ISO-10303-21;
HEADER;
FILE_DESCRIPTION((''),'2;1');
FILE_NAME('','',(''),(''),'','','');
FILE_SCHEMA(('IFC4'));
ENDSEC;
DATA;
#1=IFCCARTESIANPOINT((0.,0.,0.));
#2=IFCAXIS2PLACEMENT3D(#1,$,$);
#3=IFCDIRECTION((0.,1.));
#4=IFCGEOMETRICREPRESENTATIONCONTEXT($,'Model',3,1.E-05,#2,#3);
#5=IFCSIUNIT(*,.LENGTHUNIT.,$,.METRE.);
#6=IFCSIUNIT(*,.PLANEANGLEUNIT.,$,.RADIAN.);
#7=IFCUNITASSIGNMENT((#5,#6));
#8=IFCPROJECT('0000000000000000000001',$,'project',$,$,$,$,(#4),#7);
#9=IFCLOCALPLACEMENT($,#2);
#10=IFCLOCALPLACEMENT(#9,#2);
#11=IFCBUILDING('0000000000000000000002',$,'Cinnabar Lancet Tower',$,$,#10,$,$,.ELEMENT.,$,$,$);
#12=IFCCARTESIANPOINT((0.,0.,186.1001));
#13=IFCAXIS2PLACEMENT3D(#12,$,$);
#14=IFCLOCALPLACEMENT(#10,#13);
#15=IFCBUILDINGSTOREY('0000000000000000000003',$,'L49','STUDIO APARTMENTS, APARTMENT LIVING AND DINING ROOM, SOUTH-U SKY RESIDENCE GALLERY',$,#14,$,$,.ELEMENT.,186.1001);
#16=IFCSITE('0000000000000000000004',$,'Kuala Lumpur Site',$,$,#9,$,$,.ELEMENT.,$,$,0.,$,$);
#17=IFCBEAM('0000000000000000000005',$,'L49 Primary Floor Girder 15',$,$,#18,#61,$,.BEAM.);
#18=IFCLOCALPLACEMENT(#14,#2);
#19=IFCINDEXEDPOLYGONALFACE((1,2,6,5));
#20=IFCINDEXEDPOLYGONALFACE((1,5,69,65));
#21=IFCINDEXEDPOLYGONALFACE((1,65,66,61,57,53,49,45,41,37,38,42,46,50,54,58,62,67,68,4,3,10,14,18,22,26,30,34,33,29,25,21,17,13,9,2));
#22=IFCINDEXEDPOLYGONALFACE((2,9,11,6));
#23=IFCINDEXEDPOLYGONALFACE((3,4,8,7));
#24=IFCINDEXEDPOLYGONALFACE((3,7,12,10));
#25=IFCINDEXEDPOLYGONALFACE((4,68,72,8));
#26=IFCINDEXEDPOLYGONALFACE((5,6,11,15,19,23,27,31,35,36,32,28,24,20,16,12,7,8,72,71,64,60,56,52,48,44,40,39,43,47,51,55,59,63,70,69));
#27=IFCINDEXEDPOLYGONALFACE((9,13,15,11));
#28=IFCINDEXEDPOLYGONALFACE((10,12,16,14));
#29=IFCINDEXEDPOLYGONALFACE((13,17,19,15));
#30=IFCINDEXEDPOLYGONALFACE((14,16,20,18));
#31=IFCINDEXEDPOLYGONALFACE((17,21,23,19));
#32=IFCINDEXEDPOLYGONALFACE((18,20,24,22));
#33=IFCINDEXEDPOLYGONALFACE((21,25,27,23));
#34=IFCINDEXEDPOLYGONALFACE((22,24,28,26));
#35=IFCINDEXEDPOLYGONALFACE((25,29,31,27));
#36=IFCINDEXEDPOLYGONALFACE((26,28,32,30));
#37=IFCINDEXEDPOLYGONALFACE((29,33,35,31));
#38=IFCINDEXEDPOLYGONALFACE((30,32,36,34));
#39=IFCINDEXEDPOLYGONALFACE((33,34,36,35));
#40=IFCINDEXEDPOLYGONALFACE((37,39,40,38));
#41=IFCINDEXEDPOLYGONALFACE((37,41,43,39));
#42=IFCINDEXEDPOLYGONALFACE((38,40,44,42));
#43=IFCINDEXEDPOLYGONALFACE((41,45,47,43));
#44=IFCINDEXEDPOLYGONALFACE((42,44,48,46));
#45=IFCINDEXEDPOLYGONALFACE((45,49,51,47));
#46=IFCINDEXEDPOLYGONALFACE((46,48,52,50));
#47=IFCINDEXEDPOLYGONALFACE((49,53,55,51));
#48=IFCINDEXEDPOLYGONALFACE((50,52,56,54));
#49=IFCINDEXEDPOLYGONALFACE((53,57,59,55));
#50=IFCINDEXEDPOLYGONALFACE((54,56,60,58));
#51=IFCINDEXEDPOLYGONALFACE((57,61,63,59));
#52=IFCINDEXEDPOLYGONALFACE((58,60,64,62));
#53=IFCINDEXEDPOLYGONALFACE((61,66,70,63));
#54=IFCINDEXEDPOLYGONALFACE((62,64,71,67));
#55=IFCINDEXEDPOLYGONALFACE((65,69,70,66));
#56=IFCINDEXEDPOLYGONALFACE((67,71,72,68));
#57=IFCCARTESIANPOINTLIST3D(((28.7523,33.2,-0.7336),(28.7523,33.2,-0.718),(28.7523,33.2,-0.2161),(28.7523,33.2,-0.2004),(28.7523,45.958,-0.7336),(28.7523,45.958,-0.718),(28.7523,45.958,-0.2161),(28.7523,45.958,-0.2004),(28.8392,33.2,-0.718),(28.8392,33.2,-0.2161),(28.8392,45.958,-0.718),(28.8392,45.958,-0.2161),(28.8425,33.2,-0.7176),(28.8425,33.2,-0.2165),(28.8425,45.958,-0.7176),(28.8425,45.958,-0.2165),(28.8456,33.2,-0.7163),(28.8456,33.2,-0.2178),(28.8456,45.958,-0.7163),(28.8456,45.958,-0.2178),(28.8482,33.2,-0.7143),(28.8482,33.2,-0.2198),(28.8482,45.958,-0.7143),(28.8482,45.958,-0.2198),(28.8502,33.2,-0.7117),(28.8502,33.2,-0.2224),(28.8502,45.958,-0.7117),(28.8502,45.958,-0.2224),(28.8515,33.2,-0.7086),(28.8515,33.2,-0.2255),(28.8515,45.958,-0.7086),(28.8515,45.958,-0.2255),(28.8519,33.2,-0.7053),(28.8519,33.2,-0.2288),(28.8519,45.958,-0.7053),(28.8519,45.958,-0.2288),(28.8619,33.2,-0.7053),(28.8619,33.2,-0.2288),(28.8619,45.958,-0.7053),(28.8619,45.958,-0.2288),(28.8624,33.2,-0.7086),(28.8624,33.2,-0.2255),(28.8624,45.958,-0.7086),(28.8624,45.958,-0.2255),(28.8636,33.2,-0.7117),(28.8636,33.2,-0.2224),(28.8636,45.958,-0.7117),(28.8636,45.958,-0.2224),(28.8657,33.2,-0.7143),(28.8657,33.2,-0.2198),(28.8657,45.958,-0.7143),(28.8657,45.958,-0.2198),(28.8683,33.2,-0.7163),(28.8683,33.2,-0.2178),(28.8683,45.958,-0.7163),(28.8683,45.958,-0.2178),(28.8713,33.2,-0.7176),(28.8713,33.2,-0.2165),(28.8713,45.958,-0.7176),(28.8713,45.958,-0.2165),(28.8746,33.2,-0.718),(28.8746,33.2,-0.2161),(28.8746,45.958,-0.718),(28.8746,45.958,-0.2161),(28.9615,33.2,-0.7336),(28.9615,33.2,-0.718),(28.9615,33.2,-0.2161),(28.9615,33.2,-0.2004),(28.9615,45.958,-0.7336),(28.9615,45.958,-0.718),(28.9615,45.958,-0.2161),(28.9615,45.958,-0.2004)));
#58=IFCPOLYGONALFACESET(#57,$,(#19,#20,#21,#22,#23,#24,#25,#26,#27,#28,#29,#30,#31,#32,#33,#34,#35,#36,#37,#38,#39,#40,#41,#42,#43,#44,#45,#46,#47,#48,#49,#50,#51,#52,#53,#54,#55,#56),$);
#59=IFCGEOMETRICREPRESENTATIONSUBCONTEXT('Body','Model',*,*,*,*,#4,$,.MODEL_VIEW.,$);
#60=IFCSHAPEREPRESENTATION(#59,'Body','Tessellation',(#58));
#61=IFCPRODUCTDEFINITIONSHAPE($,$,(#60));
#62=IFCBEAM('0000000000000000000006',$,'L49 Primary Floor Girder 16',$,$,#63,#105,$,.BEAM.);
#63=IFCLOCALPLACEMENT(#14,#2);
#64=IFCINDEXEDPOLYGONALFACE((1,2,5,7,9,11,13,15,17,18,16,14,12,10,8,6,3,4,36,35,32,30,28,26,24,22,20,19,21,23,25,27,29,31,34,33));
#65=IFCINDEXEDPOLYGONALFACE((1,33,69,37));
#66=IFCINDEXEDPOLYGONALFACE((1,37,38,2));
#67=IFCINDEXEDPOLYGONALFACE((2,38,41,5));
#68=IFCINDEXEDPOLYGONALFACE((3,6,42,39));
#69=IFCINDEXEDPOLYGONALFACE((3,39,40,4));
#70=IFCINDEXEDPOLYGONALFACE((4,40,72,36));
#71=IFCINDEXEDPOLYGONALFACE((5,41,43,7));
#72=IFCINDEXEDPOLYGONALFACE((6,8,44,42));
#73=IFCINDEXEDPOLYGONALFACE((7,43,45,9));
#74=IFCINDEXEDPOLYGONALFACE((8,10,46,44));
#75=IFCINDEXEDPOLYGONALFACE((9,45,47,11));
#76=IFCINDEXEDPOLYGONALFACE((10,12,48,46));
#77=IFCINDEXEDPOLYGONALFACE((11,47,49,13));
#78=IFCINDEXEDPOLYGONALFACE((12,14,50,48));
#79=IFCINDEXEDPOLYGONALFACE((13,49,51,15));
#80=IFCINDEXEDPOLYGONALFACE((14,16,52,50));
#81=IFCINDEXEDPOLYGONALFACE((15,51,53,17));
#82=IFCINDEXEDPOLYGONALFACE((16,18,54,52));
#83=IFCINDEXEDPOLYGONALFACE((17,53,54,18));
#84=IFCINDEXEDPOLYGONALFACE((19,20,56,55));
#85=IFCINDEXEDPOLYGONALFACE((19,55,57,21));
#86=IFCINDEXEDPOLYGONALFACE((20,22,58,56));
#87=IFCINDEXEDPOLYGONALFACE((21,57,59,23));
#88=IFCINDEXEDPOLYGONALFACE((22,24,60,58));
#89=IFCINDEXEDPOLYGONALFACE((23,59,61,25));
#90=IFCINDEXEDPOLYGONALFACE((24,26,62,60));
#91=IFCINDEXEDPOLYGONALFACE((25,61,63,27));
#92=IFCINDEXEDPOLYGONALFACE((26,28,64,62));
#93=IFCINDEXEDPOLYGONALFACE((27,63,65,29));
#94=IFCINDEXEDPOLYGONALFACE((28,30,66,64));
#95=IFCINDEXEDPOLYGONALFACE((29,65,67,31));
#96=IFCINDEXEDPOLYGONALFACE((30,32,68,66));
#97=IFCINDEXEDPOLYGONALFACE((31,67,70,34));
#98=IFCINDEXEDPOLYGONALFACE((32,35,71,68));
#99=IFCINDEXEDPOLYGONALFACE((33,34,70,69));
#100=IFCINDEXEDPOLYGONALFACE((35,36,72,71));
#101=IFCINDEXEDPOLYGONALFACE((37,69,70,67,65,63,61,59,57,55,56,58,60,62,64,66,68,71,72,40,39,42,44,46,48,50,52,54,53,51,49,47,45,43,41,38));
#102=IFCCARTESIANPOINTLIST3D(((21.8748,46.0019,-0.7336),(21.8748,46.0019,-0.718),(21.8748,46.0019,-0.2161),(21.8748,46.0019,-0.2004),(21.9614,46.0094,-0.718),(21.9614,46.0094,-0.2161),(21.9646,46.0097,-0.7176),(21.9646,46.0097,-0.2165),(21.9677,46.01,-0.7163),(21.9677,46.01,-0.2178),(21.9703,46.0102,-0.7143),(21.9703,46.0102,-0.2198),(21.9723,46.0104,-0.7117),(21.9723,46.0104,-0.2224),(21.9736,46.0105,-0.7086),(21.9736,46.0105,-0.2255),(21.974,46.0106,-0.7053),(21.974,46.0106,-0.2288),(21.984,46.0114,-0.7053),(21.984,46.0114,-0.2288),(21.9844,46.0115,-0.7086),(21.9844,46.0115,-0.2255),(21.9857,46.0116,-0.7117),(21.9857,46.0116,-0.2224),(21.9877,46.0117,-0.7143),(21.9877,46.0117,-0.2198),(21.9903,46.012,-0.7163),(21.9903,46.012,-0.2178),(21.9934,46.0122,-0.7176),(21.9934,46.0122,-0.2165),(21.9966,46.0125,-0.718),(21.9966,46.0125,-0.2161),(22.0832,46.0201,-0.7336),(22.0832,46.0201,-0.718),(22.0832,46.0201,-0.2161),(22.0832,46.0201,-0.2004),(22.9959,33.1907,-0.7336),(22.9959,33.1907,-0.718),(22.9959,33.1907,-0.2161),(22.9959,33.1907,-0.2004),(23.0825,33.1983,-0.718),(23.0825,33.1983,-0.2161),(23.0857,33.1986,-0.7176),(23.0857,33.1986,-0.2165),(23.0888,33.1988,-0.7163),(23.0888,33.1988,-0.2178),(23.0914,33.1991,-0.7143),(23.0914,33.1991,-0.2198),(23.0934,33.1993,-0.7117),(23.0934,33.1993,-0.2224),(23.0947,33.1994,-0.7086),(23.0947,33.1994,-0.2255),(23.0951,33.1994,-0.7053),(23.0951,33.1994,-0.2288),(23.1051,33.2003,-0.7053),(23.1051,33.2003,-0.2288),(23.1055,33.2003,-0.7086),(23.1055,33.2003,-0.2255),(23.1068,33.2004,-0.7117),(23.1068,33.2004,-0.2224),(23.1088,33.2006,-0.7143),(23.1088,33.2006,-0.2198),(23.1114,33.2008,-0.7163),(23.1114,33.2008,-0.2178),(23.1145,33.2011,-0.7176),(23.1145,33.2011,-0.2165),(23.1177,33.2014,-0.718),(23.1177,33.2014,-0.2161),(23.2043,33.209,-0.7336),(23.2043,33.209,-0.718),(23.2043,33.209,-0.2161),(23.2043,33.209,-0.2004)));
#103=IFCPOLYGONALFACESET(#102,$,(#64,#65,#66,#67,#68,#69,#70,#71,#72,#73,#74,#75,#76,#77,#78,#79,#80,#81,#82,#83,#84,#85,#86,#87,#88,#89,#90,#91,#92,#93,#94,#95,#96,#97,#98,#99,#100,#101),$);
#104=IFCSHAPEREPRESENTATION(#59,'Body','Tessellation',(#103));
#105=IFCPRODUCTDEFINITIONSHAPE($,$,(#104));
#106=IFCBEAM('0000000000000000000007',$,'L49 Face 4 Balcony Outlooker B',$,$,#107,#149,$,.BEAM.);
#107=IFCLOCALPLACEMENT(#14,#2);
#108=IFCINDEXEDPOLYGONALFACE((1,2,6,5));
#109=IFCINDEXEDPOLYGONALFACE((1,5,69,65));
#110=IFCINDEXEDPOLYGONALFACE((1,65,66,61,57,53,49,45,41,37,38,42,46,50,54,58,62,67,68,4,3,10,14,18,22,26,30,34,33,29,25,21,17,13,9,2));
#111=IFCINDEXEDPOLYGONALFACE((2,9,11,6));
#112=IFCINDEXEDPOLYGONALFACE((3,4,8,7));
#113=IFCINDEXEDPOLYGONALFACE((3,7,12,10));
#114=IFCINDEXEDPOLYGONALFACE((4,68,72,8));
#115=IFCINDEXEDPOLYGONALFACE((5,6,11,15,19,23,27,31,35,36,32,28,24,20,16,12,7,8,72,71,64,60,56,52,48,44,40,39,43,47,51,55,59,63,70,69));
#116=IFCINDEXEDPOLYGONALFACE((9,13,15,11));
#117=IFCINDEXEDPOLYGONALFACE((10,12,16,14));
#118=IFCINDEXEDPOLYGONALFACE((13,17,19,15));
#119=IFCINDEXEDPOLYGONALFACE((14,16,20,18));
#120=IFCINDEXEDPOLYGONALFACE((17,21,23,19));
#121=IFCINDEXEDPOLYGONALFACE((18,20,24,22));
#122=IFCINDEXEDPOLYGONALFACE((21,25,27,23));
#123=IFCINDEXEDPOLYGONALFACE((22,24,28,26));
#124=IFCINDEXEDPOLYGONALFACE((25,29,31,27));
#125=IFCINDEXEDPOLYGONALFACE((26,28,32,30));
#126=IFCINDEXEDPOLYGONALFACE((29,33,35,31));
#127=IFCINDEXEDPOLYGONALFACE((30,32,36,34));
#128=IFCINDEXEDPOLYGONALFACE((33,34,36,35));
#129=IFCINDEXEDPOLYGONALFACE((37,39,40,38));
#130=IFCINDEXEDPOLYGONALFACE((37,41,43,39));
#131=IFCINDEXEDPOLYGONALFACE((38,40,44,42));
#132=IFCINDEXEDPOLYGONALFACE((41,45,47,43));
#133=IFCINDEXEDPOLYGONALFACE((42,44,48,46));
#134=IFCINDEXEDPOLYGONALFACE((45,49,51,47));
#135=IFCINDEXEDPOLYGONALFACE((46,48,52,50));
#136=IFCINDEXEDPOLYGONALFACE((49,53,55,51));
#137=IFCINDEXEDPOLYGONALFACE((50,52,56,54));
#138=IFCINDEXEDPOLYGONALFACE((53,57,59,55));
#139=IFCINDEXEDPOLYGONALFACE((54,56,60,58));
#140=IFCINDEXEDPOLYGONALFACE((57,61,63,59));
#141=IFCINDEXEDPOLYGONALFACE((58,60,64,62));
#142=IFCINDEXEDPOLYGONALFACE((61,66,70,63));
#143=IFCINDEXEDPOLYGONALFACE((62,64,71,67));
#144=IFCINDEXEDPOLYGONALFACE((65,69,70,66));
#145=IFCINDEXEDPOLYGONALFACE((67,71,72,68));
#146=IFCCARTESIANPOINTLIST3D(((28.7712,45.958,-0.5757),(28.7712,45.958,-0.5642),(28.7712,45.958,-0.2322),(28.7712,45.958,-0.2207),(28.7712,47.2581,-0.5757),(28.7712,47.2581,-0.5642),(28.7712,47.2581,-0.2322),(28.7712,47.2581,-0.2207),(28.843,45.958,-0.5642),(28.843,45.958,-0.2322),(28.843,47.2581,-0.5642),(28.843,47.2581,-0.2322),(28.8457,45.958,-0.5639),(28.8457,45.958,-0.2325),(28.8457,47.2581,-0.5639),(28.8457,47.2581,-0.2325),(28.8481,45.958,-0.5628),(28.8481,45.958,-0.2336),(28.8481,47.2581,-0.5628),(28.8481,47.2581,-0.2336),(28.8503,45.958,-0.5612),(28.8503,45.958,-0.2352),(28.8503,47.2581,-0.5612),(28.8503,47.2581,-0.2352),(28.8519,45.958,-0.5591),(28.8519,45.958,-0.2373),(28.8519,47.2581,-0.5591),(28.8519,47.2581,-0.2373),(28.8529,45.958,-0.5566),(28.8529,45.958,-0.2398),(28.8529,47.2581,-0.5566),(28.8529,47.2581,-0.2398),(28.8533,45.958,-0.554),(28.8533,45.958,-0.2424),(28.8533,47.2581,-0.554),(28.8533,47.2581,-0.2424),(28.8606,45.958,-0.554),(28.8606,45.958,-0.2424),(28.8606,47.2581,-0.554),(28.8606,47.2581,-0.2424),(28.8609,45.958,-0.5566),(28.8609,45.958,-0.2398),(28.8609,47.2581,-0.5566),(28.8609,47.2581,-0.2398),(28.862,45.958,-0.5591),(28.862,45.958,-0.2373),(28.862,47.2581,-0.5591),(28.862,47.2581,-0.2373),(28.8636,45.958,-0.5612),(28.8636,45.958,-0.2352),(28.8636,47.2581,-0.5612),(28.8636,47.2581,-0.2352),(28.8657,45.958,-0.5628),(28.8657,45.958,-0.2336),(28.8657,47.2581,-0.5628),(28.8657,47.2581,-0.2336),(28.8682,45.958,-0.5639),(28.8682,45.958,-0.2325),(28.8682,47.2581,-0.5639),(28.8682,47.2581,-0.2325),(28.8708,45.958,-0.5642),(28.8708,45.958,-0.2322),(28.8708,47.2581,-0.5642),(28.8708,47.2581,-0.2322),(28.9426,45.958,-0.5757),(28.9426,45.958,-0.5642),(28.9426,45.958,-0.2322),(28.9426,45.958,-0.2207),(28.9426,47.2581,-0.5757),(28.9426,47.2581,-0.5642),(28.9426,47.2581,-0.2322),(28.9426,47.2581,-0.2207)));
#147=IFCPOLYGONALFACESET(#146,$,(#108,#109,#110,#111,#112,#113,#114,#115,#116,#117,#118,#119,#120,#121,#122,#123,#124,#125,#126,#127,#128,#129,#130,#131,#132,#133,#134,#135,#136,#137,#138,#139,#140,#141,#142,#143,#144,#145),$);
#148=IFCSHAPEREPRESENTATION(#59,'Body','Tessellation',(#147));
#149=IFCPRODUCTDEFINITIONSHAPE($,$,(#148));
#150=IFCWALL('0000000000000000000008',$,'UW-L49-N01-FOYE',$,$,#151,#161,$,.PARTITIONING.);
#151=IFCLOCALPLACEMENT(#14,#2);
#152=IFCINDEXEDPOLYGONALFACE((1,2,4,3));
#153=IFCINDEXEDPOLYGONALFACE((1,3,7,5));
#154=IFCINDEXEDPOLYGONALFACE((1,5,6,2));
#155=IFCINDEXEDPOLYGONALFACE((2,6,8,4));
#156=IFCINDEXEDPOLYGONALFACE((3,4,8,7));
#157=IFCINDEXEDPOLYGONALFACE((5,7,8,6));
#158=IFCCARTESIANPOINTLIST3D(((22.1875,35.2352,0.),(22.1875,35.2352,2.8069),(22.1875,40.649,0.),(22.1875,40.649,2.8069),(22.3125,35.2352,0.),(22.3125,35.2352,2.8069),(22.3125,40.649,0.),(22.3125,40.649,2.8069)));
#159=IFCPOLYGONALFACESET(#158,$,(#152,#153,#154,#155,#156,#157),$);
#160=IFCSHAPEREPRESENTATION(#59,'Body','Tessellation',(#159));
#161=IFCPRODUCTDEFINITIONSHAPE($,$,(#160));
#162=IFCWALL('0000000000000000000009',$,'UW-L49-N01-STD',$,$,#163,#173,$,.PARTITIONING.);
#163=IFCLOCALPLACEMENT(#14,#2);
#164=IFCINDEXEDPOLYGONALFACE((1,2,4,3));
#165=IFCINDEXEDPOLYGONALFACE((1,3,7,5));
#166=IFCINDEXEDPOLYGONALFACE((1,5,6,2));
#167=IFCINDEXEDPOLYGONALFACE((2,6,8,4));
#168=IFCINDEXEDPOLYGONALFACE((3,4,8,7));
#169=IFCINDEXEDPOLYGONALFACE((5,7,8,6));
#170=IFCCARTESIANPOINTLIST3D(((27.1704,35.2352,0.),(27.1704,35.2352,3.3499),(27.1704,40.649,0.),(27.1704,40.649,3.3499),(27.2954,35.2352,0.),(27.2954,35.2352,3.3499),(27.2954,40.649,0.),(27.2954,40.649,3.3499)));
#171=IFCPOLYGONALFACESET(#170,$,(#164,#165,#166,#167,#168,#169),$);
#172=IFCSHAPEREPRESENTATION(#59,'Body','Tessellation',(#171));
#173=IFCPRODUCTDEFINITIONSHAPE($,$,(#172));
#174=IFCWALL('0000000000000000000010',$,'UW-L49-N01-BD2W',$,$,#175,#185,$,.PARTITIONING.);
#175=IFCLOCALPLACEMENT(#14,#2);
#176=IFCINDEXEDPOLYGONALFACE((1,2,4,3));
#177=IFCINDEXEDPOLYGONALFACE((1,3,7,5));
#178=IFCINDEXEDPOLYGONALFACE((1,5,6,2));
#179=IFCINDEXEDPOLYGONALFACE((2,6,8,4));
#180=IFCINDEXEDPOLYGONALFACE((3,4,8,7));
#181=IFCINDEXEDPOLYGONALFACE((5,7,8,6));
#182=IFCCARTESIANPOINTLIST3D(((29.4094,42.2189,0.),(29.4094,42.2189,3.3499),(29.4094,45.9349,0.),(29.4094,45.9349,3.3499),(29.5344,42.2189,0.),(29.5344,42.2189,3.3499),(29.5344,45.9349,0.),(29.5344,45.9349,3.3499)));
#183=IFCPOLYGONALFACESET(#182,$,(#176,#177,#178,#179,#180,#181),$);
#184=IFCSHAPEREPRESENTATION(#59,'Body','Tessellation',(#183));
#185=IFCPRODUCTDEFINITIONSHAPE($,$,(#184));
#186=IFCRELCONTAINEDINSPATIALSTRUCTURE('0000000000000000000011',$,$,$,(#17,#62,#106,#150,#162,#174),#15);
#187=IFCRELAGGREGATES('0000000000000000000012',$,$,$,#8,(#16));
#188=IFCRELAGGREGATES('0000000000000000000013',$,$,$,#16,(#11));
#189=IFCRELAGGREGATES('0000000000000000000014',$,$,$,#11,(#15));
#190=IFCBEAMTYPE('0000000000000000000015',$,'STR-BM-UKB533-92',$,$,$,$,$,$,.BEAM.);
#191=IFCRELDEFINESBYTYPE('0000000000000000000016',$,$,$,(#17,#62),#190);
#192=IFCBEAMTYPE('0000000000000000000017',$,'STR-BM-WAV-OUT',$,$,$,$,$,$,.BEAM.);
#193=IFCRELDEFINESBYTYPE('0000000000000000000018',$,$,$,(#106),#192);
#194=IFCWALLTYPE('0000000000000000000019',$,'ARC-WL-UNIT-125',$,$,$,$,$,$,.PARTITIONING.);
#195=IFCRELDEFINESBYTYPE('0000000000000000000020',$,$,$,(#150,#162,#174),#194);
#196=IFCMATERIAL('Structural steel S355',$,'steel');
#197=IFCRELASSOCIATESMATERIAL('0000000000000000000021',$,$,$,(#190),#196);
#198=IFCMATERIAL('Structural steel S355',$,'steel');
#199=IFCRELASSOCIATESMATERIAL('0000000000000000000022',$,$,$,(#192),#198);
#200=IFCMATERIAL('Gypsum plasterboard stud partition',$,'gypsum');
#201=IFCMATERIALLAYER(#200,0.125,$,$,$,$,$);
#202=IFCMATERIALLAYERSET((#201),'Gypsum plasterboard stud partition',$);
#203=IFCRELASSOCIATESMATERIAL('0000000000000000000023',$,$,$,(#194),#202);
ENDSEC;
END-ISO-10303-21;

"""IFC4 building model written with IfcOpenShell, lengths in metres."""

from ifc_helpers import new_model, si_unit, direction, frame, frame_2d, origin, origin_2d, place, context, subcontext, project, spatial, rectangle, i_section, extrude, material, layer, layer_set, material_profile, profile_set, type_object, element, save


model = new_model("IFC4")

# Units and contexts
model_context = context("Model", 3, precision=1e-05, world=origin(), true_north=direction((0.0, 1.0)))
body_context = subcontext(model_context, "Body", "Model", "MODEL_VIEW")
ifc_project = project(units=[si_unit("LENGTHUNIT", "METRE"), si_unit("PLANEANGLEUNIT", "RADIAN")], contexts=[model_context])

# Site, building, storey
site_placement = place(None, origin())
site = spatial("IfcSite", under=ifc_project, at=site_placement, Name="Kuala Lumpur Site", CompositionType="ELEMENT", RefElevation=0.0)
building_placement = place(site_placement, origin())
building = spatial("IfcBuilding", under=site, at=building_placement, Name="Cinnabar Lancet Tower", CompositionType="ELEMENT")
storey_placement = place(building_placement, frame((0.0, 0.0, 186.1001)))
storey = spatial("IfcBuildingStorey", under=building, at=storey_placement, Name="L49", Description="STUDIO APARTMENTS, APARTMENT LIVING AND DINING ROOM, SOUTH-U SKY RESIDENCE GALLERY", CompositionType="ELEMENT", Elevation=186.1001)

# Beams
ifc_material_1 = material(Name="Structural steel S355", Category="steel")
ifc_material_profile_1 = material_profile(ifc_material_1, i_section(OverallWidth=0.2092, OverallDepth=0.5332, WebThickness=0.01, FlangeThickness=0.0156, FilletRadius=0.0127, at=origin_2d()), Name="UKB 533x210x92")
ifc_profile_set_1 = profile_set([ifc_material_profile_1], Name="Structural steel S355")
beam_type_1 = type_object("IfcBeamType", Name="STR-BM-UKB533-92", PredefinedType="BEAM", material=ifc_profile_set_1)
beam_1_placement = place(storey_placement, frame((28.8569, 45.958, -0.467), z_axis=(0.0, -1.0, 0.0), x_axis=(1.0, 0.0, 0.0)))
element("IfcBeam", 1, at=beam_1_placement, inside=storey, type_object=beam_type_1, Name="L49 Primary Floor Girder 15", PredefinedType="BEAM", context=body_context, shape_type="SweptSolid", body=[
    extrude(i_section(OverallWidth=0.2092, OverallDepth=0.5332, WebThickness=0.01, FlangeThickness=0.0156, FilletRadius=0.0127, at=origin_2d()), origin(), (0.0, 0.0, 1.0), 12.7581),
])
beam_2_placement = place(storey_placement, frame((21.979, 46.011, -0.467), z_axis=(0.087177, -0.996193, 0.0), x_axis=(0.996193, 0.087177, 0.0)))
element("IfcBeam", 2, at=beam_2_placement, inside=storey, type_object=beam_type_1, Name="L49 Primary Floor Girder 16", PredefinedType="BEAM", context=body_context, shape_type="SweptSolid", body=[
    extrude(i_section(OverallWidth=0.2092, OverallDepth=0.5332, WebThickness=0.01, FlangeThickness=0.0156, FilletRadius=0.0127, at=origin_2d()), origin(), (0.0, 0.0, 1.0), 12.8601),
])
ifc_material_2 = material(Name="Structural steel S355", Category="steel")
ifc_material_profile_2 = material_profile(ifc_material_2, i_section(OverallWidth=0.1714, OverallDepth=0.355, WebThickness=0.0073, FlangeThickness=0.0115, FilletRadius=0.0103, at=origin_2d()), Name="UKB 356x171x51")
ifc_profile_set_2 = profile_set([ifc_material_profile_2], Name="Structural steel S355")
beam_type_2 = type_object("IfcBeamType", Name="STR-BM-WAV-OUT", PredefinedType="BEAM", material=ifc_profile_set_2)
beam_3_placement = place(storey_placement, frame((28.8569, 45.958, -0.3982), z_axis=(0.0, 1.0, 0.0), x_axis=(-1.0, 0.0, 0.0)))
element("IfcBeam", 3, at=beam_3_placement, inside=storey, type_object=beam_type_2, Name="L49 Face 4 Balcony Outlooker B", PredefinedType="BEAM", context=body_context, shape_type="SweptSolid", body=[
    extrude(i_section(OverallWidth=0.1714, OverallDepth=0.355, WebThickness=0.0073, FlangeThickness=0.0115, FilletRadius=0.0103, at=origin_2d()), origin(), (0.0, 0.0, 1.0), 1.3),
])

# Walls
ifc_material_3 = material(Name="Gypsum plasterboard stud partition", Category="gypsum")
ifc_layer_1 = layer(ifc_material_3, 0.125)
ifc_layer_set_1 = layer_set([ifc_layer_1], Name="Gypsum plasterboard stud partition")
wall_type_1 = type_object("IfcWallType", Name="ARC-WL-UNIT-125", PredefinedType="PARTITIONING", material=ifc_layer_set_1)
wall_1_placement = place(storey_placement, frame((22.25, 35.2351, 0.0), z_axis=(0.0, 0.0, 1.0), x_axis=(0.0, 1.0, 0.0)))
element("IfcWall", 4, at=wall_1_placement, inside=storey, type_object=wall_type_1, Name="UW-L49-N01-FOYE", PredefinedType="PARTITIONING", context=body_context, shape_type="SweptSolid", body=[
    extrude(rectangle(XDim=5.4138, YDim=0.125, at=frame_2d((2.707, 0.0))), origin(), (0.0, 0.0, 1.0), 2.8069),
])
wall_2_placement = place(storey_placement, frame((27.2329, 35.2351, 0.0), z_axis=(0.0, 0.0, 1.0), x_axis=(0.0, 1.0, 0.0)))
element("IfcWall", 5, at=wall_2_placement, inside=storey, type_object=wall_type_1, Name="UW-L49-N01-STD", PredefinedType="PARTITIONING", context=body_context, shape_type="SweptSolid", body=[
    extrude(rectangle(XDim=5.4138, YDim=0.125, at=frame_2d((2.707, 0.0))), origin(), (0.0, 0.0, 1.0), 3.3499),
])
wall_3_placement = place(storey_placement, frame((29.4719, 42.219, 0.0), z_axis=(0.0, 0.0, 1.0), x_axis=(0.0, 1.0, 0.0)))
element("IfcWall", 6, at=wall_3_placement, inside=storey, type_object=wall_type_1, Name="UW-L49-N01-BD2W", PredefinedType="PARTITIONING", context=body_context, shape_type="SweptSolid", body=[
    extrude(rectangle(XDim=3.7161, YDim=0.125, at=frame_2d((1.8579, 0.0))), origin(), (0.0, 0.0, 1.0), 3.3499),
])

save(model, "model.ifc")
